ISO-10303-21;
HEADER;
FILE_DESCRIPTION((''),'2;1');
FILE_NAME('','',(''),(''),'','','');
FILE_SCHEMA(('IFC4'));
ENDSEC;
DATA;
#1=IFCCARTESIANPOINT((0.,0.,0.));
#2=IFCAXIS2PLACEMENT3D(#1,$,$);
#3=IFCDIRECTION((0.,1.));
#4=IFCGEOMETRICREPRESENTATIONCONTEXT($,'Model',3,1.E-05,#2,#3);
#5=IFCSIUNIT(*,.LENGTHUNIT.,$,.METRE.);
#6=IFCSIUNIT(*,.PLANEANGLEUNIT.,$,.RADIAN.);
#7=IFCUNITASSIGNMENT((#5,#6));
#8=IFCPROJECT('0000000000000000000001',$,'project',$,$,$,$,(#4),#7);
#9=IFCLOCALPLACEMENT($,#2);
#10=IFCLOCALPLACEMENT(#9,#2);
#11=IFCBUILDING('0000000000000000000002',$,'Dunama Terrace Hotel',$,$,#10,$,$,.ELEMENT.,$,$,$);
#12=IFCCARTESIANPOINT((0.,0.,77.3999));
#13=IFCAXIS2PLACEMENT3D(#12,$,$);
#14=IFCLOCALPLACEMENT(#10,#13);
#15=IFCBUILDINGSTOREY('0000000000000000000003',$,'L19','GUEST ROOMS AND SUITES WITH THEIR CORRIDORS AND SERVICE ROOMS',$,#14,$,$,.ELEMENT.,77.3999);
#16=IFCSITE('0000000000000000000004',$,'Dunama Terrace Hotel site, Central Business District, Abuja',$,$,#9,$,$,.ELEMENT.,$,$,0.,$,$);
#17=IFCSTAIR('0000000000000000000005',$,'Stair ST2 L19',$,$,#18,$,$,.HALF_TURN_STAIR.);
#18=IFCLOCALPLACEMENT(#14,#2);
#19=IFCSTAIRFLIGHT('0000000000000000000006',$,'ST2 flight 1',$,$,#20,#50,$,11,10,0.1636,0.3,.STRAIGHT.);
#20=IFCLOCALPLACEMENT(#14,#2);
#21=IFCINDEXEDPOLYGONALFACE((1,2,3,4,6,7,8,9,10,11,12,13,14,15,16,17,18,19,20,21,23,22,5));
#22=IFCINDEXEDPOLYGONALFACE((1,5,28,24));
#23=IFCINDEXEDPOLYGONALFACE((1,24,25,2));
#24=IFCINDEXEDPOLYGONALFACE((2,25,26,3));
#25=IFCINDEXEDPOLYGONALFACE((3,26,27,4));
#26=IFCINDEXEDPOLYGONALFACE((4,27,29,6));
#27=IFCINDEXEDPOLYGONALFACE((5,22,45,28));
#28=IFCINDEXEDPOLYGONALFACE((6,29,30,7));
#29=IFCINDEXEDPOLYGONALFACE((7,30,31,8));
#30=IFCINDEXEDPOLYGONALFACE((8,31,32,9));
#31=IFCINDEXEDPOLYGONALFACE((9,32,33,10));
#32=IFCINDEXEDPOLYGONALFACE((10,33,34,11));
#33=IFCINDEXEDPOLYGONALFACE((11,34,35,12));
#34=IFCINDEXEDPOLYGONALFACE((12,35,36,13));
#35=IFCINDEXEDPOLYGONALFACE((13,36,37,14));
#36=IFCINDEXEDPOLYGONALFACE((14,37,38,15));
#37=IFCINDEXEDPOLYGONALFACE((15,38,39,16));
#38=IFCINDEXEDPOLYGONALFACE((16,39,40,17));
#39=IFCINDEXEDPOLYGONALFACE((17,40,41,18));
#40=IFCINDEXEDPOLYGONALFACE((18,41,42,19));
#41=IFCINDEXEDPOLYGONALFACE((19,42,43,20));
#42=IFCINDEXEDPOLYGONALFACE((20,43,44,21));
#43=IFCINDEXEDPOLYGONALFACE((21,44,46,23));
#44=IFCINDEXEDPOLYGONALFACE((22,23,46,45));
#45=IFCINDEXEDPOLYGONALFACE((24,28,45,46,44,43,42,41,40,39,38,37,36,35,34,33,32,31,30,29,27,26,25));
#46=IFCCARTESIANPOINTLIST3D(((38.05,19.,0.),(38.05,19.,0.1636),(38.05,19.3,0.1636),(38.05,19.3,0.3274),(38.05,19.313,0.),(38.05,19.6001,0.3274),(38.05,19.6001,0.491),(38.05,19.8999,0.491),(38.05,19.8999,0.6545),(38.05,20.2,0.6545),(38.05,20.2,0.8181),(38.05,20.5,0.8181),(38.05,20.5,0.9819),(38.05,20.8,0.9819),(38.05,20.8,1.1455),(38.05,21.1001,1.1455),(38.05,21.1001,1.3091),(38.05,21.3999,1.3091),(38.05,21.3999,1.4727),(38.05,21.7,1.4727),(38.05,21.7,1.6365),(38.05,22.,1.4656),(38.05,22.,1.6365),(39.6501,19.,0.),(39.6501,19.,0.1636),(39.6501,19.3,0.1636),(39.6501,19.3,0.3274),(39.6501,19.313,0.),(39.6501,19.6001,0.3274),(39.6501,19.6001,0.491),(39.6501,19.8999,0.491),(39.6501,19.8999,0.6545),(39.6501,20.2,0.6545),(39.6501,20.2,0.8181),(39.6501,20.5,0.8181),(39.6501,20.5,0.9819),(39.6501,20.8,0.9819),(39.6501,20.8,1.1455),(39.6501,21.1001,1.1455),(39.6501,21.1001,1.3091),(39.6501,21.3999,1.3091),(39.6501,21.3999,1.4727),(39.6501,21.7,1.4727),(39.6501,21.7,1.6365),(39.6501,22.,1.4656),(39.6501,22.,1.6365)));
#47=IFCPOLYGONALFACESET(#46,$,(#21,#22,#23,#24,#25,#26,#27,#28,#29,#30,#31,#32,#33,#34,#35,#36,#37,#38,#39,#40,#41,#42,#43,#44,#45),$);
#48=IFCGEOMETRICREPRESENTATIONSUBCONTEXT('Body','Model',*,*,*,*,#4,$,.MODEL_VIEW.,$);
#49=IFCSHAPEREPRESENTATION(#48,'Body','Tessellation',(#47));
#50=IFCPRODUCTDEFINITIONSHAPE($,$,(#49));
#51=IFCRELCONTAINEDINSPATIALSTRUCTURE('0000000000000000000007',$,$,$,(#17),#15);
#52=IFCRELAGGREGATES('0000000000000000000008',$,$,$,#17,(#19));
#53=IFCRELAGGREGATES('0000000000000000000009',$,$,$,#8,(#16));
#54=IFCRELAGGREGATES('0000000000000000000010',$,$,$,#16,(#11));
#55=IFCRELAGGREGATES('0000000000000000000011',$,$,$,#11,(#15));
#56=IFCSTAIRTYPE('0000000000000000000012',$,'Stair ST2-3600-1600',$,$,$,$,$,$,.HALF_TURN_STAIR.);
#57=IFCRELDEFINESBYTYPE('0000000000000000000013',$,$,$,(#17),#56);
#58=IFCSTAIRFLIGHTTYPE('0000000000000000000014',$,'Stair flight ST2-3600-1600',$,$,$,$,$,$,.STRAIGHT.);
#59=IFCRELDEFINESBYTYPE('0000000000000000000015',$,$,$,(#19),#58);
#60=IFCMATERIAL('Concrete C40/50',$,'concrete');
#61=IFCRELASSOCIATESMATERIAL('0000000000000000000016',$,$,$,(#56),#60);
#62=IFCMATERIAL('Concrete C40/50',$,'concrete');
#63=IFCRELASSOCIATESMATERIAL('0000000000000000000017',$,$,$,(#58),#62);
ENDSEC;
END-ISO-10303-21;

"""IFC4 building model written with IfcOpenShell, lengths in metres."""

from ifc_helpers import new_model, si_unit, direction, frame, origin, place, context, subcontext, project, spatial, polyline, outline, extrude, material, type_object, element, aggregate, save


model = new_model("IFC4")

# Units and contexts
model_context = context("Model", 3, precision=1e-05, world=origin(), true_north=direction((0.0, 1.0)))
body_context = subcontext(model_context, "Body", "Model", "MODEL_VIEW")
ifc_project = project(units=[si_unit("LENGTHUNIT", "METRE"), si_unit("PLANEANGLEUNIT", "RADIAN")], contexts=[model_context])

# Site, building, storey
site_placement = place(None, origin())
site = spatial("IfcSite", under=ifc_project, at=site_placement, Name="Dunama Terrace Hotel site, Central Business District, Abuja", CompositionType="ELEMENT", RefElevation=0.0)
building_placement = place(site_placement, origin())
building = spatial("IfcBuilding", under=site, at=building_placement, Name="Dunama Terrace Hotel", CompositionType="ELEMENT")
storey_placement = place(building_placement, frame((0.0, 0.0, 77.3999)))
storey = spatial("IfcBuildingStorey", under=building, at=storey_placement, Name="L19", Description="GUEST ROOMS AND SUITES WITH THEIR CORRIDORS AND SERVICE ROOMS", CompositionType="ELEMENT", Elevation=77.3999)

# Stair, stair flight
ifc_material_1 = material(Name="Concrete C40/50", Category="concrete")
stair_type = type_object("IfcStairType", Name="Stair ST2-3600-1600", PredefinedType="HALF_TURN_STAIR", material=ifc_material_1)
stair_placement = place(storey_placement, origin())
stair = element("IfcStair", 1, at=stair_placement, inside=storey, type_object=stair_type, Name="Stair ST2 L19", PredefinedType="HALF_TURN_STAIR")
ifc_material_2 = material(Name="Concrete C40/50", Category="concrete")
stair_flight_type = type_object("IfcStairFlightType", Name="Stair flight ST2-3600-1600", PredefinedType="STRAIGHT", material=ifc_material_2)
stair_flight_placement = place(storey_placement, frame((38.8501, 19.0, 0.0), z_axis=(0.0, 0.0, 1.0), x_axis=(0.0, 1.0, 0.0)))
stair_flight = element("IfcStairFlight", 2, at=stair_flight_placement, type_object=stair_flight_type, Name="ST2 flight 1", NumberOfRisers=11, NumberOfTreads=10, PredefinedType="STRAIGHT", RiserHeight=0.1636, TreadLength=0.3, context=body_context, shape_type="SweptSolid", body=[
    extrude(outline(polyline([(0.0, 0.0), (0.0, 0.1636), (0.3, 0.1636), (0.3, 0.3274), (0.6001, 0.3274), (0.6001, 0.491), (0.8999, 0.491), (0.8999, 0.6545), (1.2, 0.6545), (1.2, 0.8181), (1.5, 0.8181), (1.5, 0.9819), (1.8, 0.9819), (1.8, 1.1455), (2.1001, 1.1455), (2.1001, 1.3091), (2.3999, 1.3091), (2.3999, 1.4727), (2.7, 1.4727), (2.7, 1.6365), (3.0, 1.6365), (3.0, 1.8), (3.0, 1.4656), (0.313, 0.0), (0.0, 0.0)])), frame((0.0, 0.8, 0.0), z_axis=(0.0, -1.0, 0.0), x_axis=(1.0, 0.0, 0.0)), (0.0, 0.0, 1.0), 1.6001),
])
aggregate(stair, [stair_flight])

save(model, "model.ifc")
